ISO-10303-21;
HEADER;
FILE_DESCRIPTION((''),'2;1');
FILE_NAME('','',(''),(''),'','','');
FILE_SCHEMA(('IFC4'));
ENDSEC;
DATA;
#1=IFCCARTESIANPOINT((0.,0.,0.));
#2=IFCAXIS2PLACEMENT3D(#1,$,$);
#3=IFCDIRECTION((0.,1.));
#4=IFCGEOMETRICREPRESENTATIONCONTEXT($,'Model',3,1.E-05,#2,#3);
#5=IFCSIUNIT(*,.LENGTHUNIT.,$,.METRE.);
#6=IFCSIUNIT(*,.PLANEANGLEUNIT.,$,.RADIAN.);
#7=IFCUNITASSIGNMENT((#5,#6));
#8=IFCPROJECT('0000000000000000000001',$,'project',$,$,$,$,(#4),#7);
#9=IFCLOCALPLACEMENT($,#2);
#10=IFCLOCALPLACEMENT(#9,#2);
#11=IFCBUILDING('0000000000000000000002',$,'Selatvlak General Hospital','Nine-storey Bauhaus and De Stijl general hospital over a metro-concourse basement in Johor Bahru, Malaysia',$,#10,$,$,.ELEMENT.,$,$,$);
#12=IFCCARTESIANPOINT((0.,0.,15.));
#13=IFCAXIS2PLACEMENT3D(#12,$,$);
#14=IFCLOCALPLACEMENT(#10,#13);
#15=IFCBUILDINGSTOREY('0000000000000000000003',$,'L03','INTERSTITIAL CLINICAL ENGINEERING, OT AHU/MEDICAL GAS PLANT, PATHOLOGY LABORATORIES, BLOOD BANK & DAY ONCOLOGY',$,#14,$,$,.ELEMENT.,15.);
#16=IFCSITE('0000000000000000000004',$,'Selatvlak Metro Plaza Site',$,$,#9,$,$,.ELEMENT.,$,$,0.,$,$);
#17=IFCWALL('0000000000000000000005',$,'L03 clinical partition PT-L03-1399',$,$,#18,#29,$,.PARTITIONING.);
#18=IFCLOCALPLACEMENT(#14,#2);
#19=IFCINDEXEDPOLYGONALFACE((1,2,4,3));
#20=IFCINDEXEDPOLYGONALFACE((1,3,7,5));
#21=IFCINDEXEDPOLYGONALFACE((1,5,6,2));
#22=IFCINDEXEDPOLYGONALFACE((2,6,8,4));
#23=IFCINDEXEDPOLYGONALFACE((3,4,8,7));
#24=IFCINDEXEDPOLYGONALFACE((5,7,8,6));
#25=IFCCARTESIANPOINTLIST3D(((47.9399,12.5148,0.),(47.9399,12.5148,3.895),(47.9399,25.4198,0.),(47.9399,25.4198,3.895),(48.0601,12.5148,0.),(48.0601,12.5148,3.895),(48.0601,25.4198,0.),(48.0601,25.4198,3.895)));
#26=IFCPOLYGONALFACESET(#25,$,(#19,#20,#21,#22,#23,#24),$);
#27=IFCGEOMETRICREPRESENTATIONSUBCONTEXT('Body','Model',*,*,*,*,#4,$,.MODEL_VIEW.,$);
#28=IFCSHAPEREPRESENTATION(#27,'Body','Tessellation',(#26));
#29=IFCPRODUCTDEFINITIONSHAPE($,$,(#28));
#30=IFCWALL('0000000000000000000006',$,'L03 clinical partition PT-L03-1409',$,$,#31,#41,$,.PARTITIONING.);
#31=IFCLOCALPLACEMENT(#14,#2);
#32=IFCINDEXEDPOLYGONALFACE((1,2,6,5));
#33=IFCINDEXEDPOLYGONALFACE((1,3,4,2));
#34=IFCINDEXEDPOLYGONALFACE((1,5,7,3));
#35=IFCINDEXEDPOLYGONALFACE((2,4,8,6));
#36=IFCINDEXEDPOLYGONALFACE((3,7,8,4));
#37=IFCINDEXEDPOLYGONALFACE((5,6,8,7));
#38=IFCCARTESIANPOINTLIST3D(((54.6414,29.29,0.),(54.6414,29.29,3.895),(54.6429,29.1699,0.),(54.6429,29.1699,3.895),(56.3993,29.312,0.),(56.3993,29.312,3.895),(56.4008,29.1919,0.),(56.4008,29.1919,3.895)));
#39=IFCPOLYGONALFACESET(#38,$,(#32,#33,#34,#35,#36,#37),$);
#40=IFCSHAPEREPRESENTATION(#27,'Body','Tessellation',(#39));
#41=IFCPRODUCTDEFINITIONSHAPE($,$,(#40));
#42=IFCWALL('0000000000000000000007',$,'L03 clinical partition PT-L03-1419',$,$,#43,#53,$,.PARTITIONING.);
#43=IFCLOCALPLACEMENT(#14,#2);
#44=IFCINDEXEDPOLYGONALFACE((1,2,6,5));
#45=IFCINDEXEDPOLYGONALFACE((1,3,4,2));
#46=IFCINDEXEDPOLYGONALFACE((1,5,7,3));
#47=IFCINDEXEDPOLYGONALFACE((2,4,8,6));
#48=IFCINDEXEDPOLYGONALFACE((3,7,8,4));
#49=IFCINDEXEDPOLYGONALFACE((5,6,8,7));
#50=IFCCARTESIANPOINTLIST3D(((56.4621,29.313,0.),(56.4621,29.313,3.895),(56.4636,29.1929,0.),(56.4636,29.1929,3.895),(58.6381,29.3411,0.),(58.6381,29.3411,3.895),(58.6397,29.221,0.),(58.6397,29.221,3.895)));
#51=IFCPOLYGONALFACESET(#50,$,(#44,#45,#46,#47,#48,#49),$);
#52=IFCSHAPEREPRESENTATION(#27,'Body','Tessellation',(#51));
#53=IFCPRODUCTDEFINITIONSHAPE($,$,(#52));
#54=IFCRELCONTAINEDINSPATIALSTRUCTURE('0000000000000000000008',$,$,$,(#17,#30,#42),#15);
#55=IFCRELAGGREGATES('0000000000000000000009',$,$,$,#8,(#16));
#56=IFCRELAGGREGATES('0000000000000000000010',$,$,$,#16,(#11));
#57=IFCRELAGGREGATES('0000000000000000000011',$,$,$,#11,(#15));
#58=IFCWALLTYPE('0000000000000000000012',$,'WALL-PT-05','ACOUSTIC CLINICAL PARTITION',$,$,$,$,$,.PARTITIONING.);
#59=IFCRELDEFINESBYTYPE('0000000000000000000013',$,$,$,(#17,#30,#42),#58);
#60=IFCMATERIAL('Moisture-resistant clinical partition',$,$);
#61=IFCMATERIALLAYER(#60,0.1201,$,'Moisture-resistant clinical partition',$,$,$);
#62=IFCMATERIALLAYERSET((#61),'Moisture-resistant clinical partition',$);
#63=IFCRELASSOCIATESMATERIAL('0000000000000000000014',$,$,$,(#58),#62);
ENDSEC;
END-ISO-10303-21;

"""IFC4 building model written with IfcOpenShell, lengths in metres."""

from ifc_helpers import new_model, si_unit, direction, frame, frame_2d, origin, place, context, subcontext, project, spatial, rectangle, extrude, material, layer, layer_set, type_object, element, save


model = new_model("IFC4")

# Units and contexts
model_context = context("Model", 3, precision=1e-05, world=origin(), true_north=direction((0.0, 1.0)))
body_context = subcontext(model_context, "Body", "Model", "MODEL_VIEW")
ifc_project = project(units=[si_unit("LENGTHUNIT", "METRE"), si_unit("PLANEANGLEUNIT", "RADIAN")], contexts=[model_context])

# Site, building, storey
site_placement = place(None, origin())
site = spatial("IfcSite", under=ifc_project, at=site_placement, Name="Selatvlak Metro Plaza Site", CompositionType="ELEMENT", RefElevation=0.0)
building_placement = place(site_placement, origin())
building = spatial("IfcBuilding", under=site, at=building_placement, Name="Selatvlak General Hospital", Description="Nine-storey Bauhaus and De Stijl general hospital over a metro-concourse basement in Johor Bahru, Malaysia", CompositionType="ELEMENT")
storey_placement = place(building_placement, frame((0.0, 0.0, 15.0)))
storey = spatial("IfcBuildingStorey", under=building, at=storey_placement, Name="L03", Description="INTERSTITIAL CLINICAL ENGINEERING, OT AHU/MEDICAL GAS PLANT, PATHOLOGY LABORATORIES, BLOOD BANK & DAY ONCOLOGY", CompositionType="ELEMENT", Elevation=15.0)

# Walls
ifc_material_1 = material(Name="Moisture-resistant clinical partition")
ifc_layer_1 = layer(ifc_material_1, 0.1201, Name="Moisture-resistant clinical partition")
ifc_layer_set_1 = layer_set([ifc_layer_1], Name="Moisture-resistant clinical partition")
wall_type_1 = type_object("IfcWallType", Name="WALL-PT-05", Description="ACOUSTIC CLINICAL PARTITION", PredefinedType="PARTITIONING", material=ifc_layer_set_1)
wall_1_placement = place(storey_placement, frame((48.0, 25.4199, 0.0), z_axis=(0.0, 0.0, 1.0), x_axis=(0.0, -1.0, 0.0)))
element("IfcWall", 1, at=wall_1_placement, inside=storey, type_object=wall_type_1, Name="L03 clinical partition PT-L03-1399", PredefinedType="PARTITIONING", context=body_context, shape_type="SweptSolid", body=[
    extrude(rectangle(XDim=12.905, YDim=0.1201, at=frame_2d((6.4526, 0.0))), origin(), (0.0, 0.0, 1.0), 3.895),
])
wall_2_placement = place(storey_placement, frame((56.3999, 29.252, 0.0), z_axis=(0.0, 0.0, 1.0), x_axis=(-0.999922, -0.012499, 0.0)))
element("IfcWall", 2, at=wall_2_placement, inside=storey, type_object=wall_type_1, Name="L03 clinical partition PT-L03-1409", PredefinedType="PARTITIONING", context=body_context, shape_type="SweptSolid", body=[
    extrude(rectangle(XDim=1.7581, YDim=0.1201, at=frame_2d((0.8789, 0.0))), origin(), (0.0, 0.0, 1.0), 3.895),
])
wall_3_placement = place(storey_placement, frame((58.6389, 29.281, 0.0), z_axis=(0.0, 0.0, 1.0), x_axis=(-0.999917, -0.012901, 0.0)))
element("IfcWall", 3, at=wall_3_placement, inside=storey, type_object=wall_type_1, Name="L03 clinical partition PT-L03-1419", PredefinedType="PARTITIONING", context=body_context, shape_type="SweptSolid", body=[
    extrude(rectangle(XDim=2.1763, YDim=0.1201, at=frame_2d((1.0881, 0.0))), origin(), (0.0, 0.0, 1.0), 3.895),
])

save(model, "model.ifc")
